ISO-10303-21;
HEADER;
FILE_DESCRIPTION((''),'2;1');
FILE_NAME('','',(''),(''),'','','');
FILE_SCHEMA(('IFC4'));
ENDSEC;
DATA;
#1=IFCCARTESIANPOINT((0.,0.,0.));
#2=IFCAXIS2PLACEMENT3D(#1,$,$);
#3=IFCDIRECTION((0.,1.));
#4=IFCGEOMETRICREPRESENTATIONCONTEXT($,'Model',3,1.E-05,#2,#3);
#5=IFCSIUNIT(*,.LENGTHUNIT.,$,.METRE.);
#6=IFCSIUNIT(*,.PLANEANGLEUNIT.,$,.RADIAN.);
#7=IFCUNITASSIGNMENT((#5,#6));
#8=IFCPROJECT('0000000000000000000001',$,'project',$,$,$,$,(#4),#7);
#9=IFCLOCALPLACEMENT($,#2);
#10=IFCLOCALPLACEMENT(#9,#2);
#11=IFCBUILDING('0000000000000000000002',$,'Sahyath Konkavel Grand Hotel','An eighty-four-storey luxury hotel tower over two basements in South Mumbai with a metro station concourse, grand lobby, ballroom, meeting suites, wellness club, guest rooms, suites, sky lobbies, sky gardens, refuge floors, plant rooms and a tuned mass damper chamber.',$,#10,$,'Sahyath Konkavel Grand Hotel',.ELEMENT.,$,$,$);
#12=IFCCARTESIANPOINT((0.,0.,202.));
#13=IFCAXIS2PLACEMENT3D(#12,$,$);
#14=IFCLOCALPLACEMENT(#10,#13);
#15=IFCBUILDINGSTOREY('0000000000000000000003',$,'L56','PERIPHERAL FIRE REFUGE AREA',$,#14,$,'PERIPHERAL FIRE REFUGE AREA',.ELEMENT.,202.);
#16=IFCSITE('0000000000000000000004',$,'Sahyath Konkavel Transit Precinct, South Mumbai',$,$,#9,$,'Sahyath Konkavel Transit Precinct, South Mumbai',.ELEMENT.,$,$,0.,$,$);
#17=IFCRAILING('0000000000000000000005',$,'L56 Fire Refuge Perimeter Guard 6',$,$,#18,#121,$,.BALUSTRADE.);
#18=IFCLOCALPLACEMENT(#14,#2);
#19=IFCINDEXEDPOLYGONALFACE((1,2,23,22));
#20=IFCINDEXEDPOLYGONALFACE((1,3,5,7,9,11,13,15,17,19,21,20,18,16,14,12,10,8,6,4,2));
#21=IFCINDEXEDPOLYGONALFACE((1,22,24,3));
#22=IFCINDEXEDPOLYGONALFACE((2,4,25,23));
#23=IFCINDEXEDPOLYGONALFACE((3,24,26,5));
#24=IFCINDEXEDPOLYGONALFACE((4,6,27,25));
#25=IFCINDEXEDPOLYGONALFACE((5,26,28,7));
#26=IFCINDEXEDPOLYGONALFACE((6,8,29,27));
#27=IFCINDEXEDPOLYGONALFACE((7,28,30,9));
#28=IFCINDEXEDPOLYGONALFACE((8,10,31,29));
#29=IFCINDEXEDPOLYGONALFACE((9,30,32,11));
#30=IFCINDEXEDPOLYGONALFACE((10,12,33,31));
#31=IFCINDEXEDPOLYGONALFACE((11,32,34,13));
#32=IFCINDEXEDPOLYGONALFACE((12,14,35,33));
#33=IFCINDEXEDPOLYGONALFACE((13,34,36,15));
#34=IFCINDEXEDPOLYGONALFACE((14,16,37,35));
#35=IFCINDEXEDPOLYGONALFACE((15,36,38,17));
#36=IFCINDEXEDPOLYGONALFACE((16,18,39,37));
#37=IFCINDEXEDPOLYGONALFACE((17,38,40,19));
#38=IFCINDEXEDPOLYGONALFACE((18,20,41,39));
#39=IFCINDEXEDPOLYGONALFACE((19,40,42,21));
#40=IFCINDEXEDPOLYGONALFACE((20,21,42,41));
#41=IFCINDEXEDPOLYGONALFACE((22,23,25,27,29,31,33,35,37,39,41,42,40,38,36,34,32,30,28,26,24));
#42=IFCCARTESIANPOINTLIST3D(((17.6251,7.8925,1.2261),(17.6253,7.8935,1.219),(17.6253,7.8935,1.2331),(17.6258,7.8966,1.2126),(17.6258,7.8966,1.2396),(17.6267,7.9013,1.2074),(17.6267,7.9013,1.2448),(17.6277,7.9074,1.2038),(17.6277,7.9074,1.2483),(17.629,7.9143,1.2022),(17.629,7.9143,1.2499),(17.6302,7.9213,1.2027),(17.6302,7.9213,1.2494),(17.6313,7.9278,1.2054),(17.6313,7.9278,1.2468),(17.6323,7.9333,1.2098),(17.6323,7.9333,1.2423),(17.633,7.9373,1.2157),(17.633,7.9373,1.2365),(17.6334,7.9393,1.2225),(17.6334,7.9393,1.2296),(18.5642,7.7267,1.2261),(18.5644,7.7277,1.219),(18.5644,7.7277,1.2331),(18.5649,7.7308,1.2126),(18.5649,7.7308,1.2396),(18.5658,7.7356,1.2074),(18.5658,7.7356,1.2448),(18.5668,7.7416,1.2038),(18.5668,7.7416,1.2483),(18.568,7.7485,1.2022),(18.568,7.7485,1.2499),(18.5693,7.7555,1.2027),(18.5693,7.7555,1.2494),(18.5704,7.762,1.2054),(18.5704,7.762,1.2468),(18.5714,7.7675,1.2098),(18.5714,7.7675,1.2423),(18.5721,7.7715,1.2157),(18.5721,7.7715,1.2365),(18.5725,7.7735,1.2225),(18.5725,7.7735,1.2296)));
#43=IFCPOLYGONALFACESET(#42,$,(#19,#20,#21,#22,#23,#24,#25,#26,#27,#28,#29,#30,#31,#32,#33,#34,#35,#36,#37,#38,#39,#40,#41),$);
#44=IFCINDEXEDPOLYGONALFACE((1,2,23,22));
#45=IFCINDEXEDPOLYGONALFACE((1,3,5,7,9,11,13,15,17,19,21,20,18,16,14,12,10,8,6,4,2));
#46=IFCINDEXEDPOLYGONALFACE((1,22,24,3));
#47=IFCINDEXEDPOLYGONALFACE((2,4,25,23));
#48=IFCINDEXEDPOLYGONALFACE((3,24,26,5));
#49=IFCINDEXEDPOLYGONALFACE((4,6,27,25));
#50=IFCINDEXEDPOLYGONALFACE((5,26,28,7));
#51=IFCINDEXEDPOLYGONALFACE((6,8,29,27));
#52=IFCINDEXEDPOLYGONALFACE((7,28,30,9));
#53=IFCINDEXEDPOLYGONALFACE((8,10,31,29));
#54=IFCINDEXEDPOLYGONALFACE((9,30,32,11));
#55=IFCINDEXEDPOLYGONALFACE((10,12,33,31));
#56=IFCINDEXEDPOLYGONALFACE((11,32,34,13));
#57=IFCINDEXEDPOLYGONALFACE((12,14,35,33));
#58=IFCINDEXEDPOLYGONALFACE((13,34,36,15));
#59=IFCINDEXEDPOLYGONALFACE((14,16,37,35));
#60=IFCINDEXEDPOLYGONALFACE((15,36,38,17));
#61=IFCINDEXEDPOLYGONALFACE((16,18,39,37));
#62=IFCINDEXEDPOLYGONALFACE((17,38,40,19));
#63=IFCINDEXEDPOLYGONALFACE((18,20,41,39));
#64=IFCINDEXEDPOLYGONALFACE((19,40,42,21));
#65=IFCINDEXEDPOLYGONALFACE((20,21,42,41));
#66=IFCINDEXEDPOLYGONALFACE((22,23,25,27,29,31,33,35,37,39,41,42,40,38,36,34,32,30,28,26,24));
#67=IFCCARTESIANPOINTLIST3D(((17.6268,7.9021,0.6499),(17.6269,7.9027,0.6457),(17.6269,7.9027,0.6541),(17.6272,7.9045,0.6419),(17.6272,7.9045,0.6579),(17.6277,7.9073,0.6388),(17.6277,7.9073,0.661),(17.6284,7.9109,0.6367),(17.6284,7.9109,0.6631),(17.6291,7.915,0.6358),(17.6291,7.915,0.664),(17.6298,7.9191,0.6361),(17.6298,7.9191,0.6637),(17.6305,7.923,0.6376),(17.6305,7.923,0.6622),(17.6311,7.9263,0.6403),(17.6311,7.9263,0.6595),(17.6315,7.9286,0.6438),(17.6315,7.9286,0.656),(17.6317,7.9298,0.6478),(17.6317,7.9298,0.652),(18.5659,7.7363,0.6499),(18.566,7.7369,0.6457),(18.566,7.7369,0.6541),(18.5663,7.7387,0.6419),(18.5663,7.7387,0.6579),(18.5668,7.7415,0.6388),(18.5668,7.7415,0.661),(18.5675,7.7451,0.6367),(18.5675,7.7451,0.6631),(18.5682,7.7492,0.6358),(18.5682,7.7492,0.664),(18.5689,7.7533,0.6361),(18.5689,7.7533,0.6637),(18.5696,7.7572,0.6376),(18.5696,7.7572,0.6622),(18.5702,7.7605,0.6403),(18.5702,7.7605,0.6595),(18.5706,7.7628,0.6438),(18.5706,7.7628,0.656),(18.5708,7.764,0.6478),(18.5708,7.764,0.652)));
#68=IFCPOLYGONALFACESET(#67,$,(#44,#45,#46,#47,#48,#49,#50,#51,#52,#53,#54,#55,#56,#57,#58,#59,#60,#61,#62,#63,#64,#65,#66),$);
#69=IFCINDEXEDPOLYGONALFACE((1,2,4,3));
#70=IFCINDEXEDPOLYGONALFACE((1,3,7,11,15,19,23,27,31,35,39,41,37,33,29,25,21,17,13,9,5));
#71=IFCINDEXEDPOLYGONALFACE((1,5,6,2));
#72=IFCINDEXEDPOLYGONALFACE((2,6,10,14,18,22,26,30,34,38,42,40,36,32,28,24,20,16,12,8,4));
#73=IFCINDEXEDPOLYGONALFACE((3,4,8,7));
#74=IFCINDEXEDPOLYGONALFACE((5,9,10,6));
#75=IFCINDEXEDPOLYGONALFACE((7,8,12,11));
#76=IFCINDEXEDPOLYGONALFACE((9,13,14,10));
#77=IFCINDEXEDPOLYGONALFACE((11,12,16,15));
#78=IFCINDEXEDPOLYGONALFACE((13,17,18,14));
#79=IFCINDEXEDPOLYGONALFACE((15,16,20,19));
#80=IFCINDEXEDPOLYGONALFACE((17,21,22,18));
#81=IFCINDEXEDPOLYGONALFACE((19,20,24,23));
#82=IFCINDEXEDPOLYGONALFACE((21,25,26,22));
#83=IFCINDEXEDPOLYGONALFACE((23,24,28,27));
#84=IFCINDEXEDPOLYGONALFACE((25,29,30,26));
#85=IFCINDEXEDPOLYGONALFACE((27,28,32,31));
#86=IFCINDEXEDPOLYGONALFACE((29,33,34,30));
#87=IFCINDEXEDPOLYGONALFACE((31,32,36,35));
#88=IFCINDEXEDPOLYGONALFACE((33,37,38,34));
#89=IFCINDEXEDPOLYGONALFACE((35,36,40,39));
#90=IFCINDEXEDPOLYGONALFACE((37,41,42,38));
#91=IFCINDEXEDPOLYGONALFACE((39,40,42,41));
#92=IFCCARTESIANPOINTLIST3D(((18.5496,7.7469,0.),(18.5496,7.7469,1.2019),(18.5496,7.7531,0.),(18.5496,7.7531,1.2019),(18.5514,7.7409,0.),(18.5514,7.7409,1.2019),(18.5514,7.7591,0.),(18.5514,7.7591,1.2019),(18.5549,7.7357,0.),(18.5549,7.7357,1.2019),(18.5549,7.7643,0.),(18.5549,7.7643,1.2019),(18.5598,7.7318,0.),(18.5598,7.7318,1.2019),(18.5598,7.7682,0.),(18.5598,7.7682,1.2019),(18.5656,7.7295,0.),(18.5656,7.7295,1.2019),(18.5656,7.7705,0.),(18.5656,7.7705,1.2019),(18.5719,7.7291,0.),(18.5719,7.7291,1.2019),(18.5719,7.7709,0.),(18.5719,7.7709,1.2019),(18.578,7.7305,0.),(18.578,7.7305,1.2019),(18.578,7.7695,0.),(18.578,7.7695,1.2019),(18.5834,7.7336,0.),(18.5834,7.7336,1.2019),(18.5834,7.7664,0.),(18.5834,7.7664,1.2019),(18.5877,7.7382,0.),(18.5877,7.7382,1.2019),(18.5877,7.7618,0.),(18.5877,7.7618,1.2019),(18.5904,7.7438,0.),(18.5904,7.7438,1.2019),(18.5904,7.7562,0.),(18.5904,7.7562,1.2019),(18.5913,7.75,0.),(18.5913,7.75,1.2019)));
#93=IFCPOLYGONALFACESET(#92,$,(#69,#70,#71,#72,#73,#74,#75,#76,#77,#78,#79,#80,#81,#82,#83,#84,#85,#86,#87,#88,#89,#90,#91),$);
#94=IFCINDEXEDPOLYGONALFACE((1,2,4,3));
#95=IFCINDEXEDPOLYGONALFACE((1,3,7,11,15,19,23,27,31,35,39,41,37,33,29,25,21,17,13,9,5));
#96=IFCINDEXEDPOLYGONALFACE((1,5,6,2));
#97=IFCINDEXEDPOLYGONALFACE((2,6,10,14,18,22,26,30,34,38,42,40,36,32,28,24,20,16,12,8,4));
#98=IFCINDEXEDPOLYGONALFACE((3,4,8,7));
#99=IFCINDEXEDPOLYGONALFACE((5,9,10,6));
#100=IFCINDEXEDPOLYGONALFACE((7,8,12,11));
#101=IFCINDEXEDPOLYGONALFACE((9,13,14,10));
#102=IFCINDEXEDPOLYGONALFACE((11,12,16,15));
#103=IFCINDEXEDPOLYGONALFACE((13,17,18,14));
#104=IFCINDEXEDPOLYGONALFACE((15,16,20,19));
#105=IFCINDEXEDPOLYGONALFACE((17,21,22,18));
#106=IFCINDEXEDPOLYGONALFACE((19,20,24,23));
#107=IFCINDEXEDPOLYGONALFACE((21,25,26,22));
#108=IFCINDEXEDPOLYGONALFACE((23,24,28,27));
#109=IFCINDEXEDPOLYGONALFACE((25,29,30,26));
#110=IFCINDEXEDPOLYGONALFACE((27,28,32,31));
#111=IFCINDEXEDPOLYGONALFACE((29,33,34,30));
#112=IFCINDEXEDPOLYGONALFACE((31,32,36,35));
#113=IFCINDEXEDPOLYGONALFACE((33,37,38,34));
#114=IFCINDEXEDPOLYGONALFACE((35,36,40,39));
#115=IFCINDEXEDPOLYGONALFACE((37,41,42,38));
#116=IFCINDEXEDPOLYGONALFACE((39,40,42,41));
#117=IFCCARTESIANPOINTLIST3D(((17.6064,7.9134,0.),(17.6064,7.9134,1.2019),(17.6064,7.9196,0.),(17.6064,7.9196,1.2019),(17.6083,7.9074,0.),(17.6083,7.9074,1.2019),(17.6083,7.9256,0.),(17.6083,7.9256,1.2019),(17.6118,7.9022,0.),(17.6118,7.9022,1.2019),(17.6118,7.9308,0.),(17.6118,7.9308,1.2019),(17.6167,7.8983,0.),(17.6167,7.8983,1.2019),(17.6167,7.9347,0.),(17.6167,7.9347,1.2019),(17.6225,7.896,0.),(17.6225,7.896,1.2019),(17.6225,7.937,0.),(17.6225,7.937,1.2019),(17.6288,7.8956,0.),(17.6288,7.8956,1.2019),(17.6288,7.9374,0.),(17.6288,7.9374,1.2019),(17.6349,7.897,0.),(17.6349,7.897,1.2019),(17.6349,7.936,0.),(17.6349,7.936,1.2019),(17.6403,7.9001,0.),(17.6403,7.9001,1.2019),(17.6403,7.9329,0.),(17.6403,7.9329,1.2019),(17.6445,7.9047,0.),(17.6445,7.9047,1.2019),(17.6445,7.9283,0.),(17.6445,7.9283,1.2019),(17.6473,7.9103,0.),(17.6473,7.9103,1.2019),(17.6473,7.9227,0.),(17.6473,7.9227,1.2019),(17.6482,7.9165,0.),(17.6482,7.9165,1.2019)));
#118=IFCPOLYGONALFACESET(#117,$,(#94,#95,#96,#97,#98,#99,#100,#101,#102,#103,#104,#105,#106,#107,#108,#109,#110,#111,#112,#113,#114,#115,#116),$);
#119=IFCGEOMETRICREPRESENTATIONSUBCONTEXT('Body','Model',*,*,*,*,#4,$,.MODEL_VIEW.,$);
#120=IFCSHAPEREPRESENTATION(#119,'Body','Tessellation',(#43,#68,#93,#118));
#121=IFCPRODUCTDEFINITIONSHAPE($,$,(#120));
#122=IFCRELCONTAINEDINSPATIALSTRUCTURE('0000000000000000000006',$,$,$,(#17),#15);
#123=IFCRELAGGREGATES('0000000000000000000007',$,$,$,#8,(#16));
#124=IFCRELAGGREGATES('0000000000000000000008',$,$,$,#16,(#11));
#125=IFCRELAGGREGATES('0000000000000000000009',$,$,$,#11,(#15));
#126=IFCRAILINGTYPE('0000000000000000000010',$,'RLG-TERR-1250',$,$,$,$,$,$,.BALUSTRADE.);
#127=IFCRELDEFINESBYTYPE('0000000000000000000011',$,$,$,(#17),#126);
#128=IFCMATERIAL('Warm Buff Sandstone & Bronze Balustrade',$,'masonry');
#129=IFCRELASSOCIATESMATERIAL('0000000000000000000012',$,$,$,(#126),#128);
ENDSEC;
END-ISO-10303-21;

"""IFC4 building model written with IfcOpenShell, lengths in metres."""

from ifc_helpers import new_model, si_unit, direction, frame, origin, origin_2d, place, context, subcontext, project, spatial, circle, extrude, material, type_object, element, save


model = new_model("IFC4")

# Units and contexts
model_context = context("Model", 3, precision=1e-05, world=origin(), true_north=direction((0.0, 1.0)))
body_context = subcontext(model_context, "Body", "Model", "MODEL_VIEW")
ifc_project = project(units=[si_unit("LENGTHUNIT", "METRE"), si_unit("PLANEANGLEUNIT", "RADIAN")], contexts=[model_context])

# Site, building, storey
site_placement = place(None, origin())
site = spatial("IfcSite", under=ifc_project, at=site_placement, Name="Sahyath Konkavel Transit Precinct, South Mumbai", LongName="Sahyath Konkavel Transit Precinct, South Mumbai", CompositionType="ELEMENT", RefElevation=0.0)
building_placement = place(site_placement, origin())
building = spatial("IfcBuilding", under=site, at=building_placement, Name="Sahyath Konkavel Grand Hotel", Description="An eighty-four-storey luxury hotel tower over two basements in South Mumbai with a metro station concourse, grand lobby, ballroom, meeting suites, wellness club, guest rooms, suites, sky lobbies, sky gardens, refuge floors, plant rooms and a tuned mass damper chamber.", LongName="Sahyath Konkavel Grand Hotel", CompositionType="ELEMENT")
storey_placement = place(building_placement, frame((0.0, 0.0, 202.0)))
storey = spatial("IfcBuildingStorey", under=building, at=storey_placement, Name="L56", Description="PERIPHERAL FIRE REFUGE AREA", LongName="PERIPHERAL FIRE REFUGE AREA", CompositionType="ELEMENT", Elevation=202.0)

# Railing
ifc_material_1 = material(Name="Warm Buff Sandstone & Bronze Balustrade", Category="masonry")
railing_type = type_object("IfcRailingType", Name="RLG-TERR-1250", PredefinedType="BALUSTRADE", material=ifc_material_1)
railing_1_placement = place(storey_placement, frame((18.5703, 7.75, 0.0)))
element("IfcRailing", 1, at=railing_1_placement, inside=storey, type_object=railing_type, Name="L56 Fire Refuge Perimeter Guard 6", PredefinedType="BALUSTRADE", context=body_context, shape_type="SweptSolid", body=[
    extrude(circle(Radius=0.0239, at=origin_2d()), frame((-0.002, 0.0002, 1.2261), z_axis=(-0.984771, 0.173858, 0.0), x_axis=(-0.173858, -0.984771, 0.0)), (0.0, 0.0, 1.0), 0.9536),
    extrude(circle(Radius=0.0142, at=origin_2d()), frame((-0.002, 0.0002, 0.6499), z_axis=(-0.984771, 0.173858, 0.0), x_axis=(-0.173858, -0.984771, 0.0)), (0.0, 0.0, 1.0), 0.9536),
    extrude(circle(Radius=0.021, at=origin_2d()), origin(), (0.0, 0.0, 1.0), 1.2019),
    extrude(circle(Radius=0.021, at=origin_2d()), frame((-0.9431, 0.1665, 0.0)), (0.0, 0.0, 1.0), 1.2019),
])

save(model, "model.ifc")
